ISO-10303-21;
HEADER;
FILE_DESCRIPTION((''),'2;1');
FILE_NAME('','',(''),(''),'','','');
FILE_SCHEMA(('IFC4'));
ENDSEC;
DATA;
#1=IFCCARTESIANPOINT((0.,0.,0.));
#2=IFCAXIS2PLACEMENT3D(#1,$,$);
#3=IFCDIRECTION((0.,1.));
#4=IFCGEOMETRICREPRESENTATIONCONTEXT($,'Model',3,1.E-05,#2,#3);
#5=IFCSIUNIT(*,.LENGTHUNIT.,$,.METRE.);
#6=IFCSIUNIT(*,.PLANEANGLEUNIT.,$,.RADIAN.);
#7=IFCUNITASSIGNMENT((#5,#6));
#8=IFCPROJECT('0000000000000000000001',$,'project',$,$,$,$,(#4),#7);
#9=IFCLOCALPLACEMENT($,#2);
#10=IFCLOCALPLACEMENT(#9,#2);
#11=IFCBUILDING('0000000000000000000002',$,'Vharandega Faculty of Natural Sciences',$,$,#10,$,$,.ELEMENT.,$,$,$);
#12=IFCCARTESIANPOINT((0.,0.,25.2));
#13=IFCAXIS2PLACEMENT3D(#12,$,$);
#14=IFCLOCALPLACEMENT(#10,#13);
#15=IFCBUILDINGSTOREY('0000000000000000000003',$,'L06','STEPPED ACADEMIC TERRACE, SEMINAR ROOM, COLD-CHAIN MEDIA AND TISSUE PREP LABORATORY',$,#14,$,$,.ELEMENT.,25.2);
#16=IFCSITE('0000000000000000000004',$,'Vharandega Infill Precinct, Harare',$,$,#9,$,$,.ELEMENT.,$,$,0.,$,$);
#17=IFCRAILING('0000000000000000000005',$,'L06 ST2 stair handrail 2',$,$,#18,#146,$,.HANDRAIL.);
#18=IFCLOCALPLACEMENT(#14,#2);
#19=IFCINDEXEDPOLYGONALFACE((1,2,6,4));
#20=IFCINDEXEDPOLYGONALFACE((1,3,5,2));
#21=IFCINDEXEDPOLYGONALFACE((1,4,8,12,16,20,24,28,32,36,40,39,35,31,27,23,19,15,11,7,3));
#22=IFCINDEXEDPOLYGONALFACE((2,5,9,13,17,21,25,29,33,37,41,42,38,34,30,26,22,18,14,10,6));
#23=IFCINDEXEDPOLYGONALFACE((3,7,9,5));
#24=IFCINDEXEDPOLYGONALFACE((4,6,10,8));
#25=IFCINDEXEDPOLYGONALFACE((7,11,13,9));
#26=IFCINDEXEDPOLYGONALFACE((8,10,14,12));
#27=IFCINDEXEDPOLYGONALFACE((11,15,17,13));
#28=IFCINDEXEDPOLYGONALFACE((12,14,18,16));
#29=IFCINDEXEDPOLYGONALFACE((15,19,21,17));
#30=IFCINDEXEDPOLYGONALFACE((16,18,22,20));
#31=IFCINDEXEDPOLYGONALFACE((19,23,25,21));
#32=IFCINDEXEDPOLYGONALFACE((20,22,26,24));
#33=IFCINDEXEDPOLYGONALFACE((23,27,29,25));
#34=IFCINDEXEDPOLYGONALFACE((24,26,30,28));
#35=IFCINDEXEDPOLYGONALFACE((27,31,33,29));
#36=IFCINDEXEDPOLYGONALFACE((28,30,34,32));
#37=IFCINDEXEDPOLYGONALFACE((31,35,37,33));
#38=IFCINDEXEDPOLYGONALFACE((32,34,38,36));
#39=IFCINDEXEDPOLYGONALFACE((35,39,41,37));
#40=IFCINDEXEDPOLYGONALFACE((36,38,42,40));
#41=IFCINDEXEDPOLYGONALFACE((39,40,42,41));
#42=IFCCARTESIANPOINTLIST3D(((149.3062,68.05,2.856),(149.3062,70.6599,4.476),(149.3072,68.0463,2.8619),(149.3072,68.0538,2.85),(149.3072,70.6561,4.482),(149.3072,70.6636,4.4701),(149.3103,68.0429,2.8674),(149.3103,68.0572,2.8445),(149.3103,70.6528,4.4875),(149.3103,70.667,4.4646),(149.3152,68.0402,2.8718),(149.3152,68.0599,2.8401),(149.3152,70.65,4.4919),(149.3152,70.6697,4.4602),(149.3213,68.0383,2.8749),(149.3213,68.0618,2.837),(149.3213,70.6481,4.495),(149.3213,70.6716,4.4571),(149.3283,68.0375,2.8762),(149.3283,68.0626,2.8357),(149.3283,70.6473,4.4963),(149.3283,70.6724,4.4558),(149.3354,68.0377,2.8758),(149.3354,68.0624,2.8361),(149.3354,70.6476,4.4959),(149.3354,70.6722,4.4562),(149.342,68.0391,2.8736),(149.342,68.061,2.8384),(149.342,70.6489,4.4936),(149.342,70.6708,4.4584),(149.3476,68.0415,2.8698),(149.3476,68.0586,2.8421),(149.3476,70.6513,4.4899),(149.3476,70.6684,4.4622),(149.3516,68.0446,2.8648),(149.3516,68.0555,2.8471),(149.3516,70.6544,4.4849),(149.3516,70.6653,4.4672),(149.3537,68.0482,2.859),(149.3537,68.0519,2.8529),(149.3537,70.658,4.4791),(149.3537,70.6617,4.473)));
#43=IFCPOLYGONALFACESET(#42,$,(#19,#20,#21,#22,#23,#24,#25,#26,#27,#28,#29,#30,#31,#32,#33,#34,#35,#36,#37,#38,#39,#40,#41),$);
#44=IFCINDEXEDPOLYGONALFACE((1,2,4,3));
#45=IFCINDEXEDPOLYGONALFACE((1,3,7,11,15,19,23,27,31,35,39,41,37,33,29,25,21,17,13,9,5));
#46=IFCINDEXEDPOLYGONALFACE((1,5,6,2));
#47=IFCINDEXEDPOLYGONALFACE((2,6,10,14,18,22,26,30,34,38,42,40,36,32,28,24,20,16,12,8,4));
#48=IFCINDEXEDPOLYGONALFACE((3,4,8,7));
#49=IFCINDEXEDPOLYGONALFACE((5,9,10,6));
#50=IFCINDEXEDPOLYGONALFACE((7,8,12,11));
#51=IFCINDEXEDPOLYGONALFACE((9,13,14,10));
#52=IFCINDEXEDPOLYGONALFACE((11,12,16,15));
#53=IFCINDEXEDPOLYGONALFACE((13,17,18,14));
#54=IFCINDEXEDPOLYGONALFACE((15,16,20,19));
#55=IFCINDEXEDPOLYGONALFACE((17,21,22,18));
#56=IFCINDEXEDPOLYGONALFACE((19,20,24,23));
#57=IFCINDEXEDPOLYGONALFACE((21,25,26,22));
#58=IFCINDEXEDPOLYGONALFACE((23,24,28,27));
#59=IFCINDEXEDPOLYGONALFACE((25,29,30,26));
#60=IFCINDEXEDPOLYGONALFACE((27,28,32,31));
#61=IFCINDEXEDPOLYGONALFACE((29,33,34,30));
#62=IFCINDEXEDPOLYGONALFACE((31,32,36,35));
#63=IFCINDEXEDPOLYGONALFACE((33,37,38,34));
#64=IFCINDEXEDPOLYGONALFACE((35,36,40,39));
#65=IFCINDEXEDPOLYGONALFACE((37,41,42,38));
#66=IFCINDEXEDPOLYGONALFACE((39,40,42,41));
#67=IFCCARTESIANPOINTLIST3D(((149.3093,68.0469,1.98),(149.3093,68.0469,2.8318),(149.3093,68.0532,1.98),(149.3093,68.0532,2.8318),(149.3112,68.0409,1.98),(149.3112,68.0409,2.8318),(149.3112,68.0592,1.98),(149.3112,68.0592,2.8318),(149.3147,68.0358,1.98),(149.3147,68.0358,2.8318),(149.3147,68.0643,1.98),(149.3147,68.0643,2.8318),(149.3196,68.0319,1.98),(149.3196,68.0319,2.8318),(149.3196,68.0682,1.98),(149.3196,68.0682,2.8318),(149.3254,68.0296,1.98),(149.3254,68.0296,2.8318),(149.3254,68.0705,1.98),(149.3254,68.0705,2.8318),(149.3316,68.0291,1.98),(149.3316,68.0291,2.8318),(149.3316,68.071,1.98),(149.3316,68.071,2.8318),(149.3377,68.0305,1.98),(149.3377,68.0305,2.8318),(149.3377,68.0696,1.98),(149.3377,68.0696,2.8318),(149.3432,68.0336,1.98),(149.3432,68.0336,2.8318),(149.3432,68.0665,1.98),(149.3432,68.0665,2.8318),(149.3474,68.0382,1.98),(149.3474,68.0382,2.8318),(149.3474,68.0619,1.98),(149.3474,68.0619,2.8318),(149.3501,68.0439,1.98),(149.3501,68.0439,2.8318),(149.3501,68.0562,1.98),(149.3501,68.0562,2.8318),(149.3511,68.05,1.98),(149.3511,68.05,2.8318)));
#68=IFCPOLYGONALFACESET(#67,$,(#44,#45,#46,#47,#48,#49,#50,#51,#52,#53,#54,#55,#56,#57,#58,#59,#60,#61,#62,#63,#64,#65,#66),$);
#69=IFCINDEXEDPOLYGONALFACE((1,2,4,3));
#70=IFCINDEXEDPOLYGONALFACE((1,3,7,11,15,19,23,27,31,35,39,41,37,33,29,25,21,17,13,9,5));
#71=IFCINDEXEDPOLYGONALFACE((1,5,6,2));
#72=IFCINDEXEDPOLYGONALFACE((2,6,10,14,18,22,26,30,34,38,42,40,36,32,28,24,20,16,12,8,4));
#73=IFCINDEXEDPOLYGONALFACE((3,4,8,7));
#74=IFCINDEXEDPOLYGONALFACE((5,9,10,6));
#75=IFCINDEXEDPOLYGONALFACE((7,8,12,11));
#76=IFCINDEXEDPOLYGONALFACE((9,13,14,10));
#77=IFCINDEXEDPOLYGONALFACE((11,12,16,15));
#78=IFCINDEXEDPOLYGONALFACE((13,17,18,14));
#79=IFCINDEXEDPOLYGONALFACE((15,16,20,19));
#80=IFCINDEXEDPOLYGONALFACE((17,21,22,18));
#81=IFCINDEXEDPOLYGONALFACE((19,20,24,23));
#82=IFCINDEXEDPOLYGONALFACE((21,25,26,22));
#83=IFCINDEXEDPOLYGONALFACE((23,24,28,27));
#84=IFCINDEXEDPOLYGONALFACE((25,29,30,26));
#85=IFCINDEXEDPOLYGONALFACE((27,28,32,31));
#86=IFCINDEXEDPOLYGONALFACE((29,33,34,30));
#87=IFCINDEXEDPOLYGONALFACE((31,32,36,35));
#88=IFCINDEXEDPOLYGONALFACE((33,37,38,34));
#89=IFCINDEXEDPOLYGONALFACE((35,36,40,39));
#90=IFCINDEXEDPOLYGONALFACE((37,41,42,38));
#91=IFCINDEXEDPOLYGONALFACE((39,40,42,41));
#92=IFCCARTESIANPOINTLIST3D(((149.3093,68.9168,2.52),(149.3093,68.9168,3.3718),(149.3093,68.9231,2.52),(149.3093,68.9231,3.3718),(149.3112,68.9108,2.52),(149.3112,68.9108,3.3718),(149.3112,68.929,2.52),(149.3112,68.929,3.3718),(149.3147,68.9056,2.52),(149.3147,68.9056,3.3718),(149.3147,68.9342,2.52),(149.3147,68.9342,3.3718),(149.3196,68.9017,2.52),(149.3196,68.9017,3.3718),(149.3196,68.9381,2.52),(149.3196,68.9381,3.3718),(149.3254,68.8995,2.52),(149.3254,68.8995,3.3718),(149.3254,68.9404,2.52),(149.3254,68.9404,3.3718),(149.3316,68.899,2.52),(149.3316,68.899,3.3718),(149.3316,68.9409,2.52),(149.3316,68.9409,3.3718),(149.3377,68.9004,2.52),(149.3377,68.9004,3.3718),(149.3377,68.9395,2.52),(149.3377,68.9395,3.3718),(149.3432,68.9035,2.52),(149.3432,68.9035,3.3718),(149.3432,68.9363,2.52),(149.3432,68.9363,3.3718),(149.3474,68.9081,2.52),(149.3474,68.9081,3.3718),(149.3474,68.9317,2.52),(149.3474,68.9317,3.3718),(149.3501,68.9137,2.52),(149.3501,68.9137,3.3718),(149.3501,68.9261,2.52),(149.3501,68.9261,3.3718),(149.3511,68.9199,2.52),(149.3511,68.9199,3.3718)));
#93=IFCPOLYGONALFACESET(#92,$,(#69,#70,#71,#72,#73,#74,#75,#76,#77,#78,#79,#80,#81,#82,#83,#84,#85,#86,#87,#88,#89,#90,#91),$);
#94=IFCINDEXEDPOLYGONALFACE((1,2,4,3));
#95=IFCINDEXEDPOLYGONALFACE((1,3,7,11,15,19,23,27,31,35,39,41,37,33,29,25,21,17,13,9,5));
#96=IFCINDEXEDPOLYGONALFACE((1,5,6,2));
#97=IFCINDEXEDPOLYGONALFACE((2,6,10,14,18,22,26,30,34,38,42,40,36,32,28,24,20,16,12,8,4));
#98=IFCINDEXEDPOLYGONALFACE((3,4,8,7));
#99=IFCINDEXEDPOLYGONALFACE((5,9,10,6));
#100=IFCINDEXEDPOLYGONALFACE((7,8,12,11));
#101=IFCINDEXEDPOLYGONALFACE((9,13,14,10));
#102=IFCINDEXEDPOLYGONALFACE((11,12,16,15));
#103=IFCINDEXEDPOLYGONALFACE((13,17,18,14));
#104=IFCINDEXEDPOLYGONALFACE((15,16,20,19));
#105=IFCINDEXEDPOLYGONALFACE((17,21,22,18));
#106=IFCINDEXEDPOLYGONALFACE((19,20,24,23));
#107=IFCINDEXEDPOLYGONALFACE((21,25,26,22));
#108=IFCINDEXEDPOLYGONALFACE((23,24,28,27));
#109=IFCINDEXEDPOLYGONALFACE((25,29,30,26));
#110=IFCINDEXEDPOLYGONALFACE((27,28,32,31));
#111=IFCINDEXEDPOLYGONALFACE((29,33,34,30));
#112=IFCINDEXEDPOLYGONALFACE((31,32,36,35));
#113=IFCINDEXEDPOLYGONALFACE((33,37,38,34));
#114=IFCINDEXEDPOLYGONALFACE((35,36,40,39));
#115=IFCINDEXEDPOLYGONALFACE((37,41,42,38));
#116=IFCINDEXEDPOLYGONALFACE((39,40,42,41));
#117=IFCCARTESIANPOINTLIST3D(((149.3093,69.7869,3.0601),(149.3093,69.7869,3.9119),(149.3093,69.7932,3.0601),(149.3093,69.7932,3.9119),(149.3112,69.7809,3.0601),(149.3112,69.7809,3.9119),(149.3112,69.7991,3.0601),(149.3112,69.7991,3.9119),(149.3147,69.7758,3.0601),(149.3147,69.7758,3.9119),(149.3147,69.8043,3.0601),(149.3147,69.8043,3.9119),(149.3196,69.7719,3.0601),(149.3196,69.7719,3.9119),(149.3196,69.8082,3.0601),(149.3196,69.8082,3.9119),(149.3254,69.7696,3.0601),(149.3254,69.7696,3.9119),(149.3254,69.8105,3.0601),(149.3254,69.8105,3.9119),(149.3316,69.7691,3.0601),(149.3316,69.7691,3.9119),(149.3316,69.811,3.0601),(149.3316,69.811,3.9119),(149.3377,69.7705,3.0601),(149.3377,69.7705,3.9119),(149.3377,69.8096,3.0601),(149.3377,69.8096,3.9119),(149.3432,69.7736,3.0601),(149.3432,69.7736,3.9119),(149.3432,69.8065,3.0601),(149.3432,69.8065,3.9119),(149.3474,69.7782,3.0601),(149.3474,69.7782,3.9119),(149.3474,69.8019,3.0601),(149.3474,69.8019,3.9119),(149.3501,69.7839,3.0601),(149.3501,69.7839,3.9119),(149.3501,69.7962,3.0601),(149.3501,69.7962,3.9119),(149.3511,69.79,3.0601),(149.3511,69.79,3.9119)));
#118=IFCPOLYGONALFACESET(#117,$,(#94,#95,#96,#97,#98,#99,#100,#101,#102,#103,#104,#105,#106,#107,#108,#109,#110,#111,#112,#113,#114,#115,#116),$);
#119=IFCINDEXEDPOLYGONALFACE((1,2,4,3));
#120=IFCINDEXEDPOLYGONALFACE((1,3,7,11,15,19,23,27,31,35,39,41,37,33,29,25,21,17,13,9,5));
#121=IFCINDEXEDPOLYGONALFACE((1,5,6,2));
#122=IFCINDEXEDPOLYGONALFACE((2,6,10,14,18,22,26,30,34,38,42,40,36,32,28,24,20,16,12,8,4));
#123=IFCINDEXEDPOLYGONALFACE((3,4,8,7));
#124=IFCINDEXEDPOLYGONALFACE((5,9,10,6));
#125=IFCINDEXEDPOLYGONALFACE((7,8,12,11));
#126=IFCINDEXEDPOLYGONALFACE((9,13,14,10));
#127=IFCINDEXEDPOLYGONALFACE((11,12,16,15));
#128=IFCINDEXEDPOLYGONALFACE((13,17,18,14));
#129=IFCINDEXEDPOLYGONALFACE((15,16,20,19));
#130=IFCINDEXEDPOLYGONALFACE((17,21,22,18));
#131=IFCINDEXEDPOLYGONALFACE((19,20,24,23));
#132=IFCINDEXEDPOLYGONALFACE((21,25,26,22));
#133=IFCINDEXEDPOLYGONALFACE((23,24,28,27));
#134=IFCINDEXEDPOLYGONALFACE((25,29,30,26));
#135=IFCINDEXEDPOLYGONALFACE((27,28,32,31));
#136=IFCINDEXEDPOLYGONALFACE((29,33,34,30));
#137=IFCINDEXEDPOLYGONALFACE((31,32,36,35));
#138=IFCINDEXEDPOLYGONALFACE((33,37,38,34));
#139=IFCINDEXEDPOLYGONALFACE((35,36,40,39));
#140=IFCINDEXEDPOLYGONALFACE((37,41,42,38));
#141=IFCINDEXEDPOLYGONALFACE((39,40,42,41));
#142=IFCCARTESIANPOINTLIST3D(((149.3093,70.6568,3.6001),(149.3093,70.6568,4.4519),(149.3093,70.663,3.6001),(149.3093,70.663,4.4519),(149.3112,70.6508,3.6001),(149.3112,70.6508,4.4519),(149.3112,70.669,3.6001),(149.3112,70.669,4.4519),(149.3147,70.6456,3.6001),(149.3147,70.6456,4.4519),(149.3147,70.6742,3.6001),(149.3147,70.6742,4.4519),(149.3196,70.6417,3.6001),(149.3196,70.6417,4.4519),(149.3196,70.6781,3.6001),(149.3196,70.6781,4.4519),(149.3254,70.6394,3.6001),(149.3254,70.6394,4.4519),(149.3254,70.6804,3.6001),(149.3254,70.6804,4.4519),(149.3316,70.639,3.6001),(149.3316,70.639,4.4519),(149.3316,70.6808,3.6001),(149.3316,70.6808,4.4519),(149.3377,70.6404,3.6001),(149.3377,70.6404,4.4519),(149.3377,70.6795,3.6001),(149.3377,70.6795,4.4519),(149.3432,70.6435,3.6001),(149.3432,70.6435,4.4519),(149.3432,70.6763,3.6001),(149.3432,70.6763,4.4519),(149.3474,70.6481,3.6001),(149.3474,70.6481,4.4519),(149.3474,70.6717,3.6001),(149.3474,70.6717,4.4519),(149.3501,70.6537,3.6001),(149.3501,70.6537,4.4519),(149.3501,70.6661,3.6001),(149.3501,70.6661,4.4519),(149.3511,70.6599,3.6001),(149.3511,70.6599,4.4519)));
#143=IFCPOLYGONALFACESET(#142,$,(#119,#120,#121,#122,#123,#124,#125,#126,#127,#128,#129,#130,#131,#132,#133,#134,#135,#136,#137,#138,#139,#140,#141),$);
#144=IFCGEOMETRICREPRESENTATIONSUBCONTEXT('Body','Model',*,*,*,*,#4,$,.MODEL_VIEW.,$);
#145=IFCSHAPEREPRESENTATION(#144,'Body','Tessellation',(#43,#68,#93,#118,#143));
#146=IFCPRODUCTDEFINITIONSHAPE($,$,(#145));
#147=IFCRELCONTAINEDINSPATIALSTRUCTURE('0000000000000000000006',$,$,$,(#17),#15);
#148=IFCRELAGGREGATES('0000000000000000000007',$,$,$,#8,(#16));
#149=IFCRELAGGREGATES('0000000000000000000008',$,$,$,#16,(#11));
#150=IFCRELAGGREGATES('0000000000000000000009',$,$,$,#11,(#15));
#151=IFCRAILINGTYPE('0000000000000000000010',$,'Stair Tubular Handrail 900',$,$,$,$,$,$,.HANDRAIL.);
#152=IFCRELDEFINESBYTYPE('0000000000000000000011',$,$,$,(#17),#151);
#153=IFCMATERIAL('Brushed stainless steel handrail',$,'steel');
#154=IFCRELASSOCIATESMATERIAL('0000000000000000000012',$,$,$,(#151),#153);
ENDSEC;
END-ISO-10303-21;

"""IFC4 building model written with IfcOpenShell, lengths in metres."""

from ifc_helpers import new_model, si_unit, direction, frame, origin, origin_2d, place, context, subcontext, project, spatial, circle, extrude, material, type_object, element, save


model = new_model("IFC4")

# Units and contexts
model_context = context("Model", 3, precision=1e-05, world=origin(), true_north=direction((0.0, 1.0)))
body_context = subcontext(model_context, "Body", "Model", "MODEL_VIEW")
ifc_project = project(units=[si_unit("LENGTHUNIT", "METRE"), si_unit("PLANEANGLEUNIT", "RADIAN")], contexts=[model_context])

# Site, building, storey
site_placement = place(None, origin())
site = spatial("IfcSite", under=ifc_project, at=site_placement, Name="Vharandega Infill Precinct, Harare", CompositionType="ELEMENT", RefElevation=0.0)
building_placement = place(site_placement, origin())
building = spatial("IfcBuilding", under=site, at=building_placement, Name="Vharandega Faculty of Natural Sciences", CompositionType="ELEMENT")
storey_placement = place(building_placement, frame((0.0, 0.0, 25.2)))
storey = spatial("IfcBuildingStorey", under=building, at=storey_placement, Name="L06", Description="STEPPED ACADEMIC TERRACE, SEMINAR ROOM, COLD-CHAIN MEDIA AND TISSUE PREP LABORATORY", CompositionType="ELEMENT", Elevation=25.2)

# Railing
ifc_material_1 = material(Name="Brushed stainless steel handrail", Category="steel")
railing_type_1 = type_object("IfcRailingType", Name="Stair Tubular Handrail 900", PredefinedType="HANDRAIL", material=ifc_material_1)
railing_1_placement = place(storey_placement, frame((149.3301, 68.05, 1.98)))
element("IfcRailing", 1, at=railing_1_placement, inside=storey, type_object=railing_type_1, Name="L06 ST2 stair handrail 2", PredefinedType="HANDRAIL", context=body_context, shape_type="SweptSolid", body=[
    extrude(circle(Radius=0.0239, at=origin_2d()), frame((0.0, 0.0, 0.876), z_axis=(0.0, 0.849611, 0.52741), x_axis=(-1.0, 0.0, 0.0)), (0.0, 0.0, 1.0), 3.0718),
    extrude(circle(Radius=0.021, at=origin_2d()), origin(), (0.0, 0.0, 1.0), 0.8518),
    extrude(circle(Radius=0.021, at=origin_2d()), frame((0.0, 0.8699, 0.54)), (0.0, 0.0, 1.0), 0.8518),
    extrude(circle(Radius=0.021, at=origin_2d()), frame((0.0, 1.74, 1.0801)), (0.0, 0.0, 1.0), 0.8518),
    extrude(circle(Radius=0.021, at=origin_2d()), frame((0.0, 2.6099, 1.6201)), (0.0, 0.0, 1.0), 0.8518),
])

save(model, "model.ifc")
